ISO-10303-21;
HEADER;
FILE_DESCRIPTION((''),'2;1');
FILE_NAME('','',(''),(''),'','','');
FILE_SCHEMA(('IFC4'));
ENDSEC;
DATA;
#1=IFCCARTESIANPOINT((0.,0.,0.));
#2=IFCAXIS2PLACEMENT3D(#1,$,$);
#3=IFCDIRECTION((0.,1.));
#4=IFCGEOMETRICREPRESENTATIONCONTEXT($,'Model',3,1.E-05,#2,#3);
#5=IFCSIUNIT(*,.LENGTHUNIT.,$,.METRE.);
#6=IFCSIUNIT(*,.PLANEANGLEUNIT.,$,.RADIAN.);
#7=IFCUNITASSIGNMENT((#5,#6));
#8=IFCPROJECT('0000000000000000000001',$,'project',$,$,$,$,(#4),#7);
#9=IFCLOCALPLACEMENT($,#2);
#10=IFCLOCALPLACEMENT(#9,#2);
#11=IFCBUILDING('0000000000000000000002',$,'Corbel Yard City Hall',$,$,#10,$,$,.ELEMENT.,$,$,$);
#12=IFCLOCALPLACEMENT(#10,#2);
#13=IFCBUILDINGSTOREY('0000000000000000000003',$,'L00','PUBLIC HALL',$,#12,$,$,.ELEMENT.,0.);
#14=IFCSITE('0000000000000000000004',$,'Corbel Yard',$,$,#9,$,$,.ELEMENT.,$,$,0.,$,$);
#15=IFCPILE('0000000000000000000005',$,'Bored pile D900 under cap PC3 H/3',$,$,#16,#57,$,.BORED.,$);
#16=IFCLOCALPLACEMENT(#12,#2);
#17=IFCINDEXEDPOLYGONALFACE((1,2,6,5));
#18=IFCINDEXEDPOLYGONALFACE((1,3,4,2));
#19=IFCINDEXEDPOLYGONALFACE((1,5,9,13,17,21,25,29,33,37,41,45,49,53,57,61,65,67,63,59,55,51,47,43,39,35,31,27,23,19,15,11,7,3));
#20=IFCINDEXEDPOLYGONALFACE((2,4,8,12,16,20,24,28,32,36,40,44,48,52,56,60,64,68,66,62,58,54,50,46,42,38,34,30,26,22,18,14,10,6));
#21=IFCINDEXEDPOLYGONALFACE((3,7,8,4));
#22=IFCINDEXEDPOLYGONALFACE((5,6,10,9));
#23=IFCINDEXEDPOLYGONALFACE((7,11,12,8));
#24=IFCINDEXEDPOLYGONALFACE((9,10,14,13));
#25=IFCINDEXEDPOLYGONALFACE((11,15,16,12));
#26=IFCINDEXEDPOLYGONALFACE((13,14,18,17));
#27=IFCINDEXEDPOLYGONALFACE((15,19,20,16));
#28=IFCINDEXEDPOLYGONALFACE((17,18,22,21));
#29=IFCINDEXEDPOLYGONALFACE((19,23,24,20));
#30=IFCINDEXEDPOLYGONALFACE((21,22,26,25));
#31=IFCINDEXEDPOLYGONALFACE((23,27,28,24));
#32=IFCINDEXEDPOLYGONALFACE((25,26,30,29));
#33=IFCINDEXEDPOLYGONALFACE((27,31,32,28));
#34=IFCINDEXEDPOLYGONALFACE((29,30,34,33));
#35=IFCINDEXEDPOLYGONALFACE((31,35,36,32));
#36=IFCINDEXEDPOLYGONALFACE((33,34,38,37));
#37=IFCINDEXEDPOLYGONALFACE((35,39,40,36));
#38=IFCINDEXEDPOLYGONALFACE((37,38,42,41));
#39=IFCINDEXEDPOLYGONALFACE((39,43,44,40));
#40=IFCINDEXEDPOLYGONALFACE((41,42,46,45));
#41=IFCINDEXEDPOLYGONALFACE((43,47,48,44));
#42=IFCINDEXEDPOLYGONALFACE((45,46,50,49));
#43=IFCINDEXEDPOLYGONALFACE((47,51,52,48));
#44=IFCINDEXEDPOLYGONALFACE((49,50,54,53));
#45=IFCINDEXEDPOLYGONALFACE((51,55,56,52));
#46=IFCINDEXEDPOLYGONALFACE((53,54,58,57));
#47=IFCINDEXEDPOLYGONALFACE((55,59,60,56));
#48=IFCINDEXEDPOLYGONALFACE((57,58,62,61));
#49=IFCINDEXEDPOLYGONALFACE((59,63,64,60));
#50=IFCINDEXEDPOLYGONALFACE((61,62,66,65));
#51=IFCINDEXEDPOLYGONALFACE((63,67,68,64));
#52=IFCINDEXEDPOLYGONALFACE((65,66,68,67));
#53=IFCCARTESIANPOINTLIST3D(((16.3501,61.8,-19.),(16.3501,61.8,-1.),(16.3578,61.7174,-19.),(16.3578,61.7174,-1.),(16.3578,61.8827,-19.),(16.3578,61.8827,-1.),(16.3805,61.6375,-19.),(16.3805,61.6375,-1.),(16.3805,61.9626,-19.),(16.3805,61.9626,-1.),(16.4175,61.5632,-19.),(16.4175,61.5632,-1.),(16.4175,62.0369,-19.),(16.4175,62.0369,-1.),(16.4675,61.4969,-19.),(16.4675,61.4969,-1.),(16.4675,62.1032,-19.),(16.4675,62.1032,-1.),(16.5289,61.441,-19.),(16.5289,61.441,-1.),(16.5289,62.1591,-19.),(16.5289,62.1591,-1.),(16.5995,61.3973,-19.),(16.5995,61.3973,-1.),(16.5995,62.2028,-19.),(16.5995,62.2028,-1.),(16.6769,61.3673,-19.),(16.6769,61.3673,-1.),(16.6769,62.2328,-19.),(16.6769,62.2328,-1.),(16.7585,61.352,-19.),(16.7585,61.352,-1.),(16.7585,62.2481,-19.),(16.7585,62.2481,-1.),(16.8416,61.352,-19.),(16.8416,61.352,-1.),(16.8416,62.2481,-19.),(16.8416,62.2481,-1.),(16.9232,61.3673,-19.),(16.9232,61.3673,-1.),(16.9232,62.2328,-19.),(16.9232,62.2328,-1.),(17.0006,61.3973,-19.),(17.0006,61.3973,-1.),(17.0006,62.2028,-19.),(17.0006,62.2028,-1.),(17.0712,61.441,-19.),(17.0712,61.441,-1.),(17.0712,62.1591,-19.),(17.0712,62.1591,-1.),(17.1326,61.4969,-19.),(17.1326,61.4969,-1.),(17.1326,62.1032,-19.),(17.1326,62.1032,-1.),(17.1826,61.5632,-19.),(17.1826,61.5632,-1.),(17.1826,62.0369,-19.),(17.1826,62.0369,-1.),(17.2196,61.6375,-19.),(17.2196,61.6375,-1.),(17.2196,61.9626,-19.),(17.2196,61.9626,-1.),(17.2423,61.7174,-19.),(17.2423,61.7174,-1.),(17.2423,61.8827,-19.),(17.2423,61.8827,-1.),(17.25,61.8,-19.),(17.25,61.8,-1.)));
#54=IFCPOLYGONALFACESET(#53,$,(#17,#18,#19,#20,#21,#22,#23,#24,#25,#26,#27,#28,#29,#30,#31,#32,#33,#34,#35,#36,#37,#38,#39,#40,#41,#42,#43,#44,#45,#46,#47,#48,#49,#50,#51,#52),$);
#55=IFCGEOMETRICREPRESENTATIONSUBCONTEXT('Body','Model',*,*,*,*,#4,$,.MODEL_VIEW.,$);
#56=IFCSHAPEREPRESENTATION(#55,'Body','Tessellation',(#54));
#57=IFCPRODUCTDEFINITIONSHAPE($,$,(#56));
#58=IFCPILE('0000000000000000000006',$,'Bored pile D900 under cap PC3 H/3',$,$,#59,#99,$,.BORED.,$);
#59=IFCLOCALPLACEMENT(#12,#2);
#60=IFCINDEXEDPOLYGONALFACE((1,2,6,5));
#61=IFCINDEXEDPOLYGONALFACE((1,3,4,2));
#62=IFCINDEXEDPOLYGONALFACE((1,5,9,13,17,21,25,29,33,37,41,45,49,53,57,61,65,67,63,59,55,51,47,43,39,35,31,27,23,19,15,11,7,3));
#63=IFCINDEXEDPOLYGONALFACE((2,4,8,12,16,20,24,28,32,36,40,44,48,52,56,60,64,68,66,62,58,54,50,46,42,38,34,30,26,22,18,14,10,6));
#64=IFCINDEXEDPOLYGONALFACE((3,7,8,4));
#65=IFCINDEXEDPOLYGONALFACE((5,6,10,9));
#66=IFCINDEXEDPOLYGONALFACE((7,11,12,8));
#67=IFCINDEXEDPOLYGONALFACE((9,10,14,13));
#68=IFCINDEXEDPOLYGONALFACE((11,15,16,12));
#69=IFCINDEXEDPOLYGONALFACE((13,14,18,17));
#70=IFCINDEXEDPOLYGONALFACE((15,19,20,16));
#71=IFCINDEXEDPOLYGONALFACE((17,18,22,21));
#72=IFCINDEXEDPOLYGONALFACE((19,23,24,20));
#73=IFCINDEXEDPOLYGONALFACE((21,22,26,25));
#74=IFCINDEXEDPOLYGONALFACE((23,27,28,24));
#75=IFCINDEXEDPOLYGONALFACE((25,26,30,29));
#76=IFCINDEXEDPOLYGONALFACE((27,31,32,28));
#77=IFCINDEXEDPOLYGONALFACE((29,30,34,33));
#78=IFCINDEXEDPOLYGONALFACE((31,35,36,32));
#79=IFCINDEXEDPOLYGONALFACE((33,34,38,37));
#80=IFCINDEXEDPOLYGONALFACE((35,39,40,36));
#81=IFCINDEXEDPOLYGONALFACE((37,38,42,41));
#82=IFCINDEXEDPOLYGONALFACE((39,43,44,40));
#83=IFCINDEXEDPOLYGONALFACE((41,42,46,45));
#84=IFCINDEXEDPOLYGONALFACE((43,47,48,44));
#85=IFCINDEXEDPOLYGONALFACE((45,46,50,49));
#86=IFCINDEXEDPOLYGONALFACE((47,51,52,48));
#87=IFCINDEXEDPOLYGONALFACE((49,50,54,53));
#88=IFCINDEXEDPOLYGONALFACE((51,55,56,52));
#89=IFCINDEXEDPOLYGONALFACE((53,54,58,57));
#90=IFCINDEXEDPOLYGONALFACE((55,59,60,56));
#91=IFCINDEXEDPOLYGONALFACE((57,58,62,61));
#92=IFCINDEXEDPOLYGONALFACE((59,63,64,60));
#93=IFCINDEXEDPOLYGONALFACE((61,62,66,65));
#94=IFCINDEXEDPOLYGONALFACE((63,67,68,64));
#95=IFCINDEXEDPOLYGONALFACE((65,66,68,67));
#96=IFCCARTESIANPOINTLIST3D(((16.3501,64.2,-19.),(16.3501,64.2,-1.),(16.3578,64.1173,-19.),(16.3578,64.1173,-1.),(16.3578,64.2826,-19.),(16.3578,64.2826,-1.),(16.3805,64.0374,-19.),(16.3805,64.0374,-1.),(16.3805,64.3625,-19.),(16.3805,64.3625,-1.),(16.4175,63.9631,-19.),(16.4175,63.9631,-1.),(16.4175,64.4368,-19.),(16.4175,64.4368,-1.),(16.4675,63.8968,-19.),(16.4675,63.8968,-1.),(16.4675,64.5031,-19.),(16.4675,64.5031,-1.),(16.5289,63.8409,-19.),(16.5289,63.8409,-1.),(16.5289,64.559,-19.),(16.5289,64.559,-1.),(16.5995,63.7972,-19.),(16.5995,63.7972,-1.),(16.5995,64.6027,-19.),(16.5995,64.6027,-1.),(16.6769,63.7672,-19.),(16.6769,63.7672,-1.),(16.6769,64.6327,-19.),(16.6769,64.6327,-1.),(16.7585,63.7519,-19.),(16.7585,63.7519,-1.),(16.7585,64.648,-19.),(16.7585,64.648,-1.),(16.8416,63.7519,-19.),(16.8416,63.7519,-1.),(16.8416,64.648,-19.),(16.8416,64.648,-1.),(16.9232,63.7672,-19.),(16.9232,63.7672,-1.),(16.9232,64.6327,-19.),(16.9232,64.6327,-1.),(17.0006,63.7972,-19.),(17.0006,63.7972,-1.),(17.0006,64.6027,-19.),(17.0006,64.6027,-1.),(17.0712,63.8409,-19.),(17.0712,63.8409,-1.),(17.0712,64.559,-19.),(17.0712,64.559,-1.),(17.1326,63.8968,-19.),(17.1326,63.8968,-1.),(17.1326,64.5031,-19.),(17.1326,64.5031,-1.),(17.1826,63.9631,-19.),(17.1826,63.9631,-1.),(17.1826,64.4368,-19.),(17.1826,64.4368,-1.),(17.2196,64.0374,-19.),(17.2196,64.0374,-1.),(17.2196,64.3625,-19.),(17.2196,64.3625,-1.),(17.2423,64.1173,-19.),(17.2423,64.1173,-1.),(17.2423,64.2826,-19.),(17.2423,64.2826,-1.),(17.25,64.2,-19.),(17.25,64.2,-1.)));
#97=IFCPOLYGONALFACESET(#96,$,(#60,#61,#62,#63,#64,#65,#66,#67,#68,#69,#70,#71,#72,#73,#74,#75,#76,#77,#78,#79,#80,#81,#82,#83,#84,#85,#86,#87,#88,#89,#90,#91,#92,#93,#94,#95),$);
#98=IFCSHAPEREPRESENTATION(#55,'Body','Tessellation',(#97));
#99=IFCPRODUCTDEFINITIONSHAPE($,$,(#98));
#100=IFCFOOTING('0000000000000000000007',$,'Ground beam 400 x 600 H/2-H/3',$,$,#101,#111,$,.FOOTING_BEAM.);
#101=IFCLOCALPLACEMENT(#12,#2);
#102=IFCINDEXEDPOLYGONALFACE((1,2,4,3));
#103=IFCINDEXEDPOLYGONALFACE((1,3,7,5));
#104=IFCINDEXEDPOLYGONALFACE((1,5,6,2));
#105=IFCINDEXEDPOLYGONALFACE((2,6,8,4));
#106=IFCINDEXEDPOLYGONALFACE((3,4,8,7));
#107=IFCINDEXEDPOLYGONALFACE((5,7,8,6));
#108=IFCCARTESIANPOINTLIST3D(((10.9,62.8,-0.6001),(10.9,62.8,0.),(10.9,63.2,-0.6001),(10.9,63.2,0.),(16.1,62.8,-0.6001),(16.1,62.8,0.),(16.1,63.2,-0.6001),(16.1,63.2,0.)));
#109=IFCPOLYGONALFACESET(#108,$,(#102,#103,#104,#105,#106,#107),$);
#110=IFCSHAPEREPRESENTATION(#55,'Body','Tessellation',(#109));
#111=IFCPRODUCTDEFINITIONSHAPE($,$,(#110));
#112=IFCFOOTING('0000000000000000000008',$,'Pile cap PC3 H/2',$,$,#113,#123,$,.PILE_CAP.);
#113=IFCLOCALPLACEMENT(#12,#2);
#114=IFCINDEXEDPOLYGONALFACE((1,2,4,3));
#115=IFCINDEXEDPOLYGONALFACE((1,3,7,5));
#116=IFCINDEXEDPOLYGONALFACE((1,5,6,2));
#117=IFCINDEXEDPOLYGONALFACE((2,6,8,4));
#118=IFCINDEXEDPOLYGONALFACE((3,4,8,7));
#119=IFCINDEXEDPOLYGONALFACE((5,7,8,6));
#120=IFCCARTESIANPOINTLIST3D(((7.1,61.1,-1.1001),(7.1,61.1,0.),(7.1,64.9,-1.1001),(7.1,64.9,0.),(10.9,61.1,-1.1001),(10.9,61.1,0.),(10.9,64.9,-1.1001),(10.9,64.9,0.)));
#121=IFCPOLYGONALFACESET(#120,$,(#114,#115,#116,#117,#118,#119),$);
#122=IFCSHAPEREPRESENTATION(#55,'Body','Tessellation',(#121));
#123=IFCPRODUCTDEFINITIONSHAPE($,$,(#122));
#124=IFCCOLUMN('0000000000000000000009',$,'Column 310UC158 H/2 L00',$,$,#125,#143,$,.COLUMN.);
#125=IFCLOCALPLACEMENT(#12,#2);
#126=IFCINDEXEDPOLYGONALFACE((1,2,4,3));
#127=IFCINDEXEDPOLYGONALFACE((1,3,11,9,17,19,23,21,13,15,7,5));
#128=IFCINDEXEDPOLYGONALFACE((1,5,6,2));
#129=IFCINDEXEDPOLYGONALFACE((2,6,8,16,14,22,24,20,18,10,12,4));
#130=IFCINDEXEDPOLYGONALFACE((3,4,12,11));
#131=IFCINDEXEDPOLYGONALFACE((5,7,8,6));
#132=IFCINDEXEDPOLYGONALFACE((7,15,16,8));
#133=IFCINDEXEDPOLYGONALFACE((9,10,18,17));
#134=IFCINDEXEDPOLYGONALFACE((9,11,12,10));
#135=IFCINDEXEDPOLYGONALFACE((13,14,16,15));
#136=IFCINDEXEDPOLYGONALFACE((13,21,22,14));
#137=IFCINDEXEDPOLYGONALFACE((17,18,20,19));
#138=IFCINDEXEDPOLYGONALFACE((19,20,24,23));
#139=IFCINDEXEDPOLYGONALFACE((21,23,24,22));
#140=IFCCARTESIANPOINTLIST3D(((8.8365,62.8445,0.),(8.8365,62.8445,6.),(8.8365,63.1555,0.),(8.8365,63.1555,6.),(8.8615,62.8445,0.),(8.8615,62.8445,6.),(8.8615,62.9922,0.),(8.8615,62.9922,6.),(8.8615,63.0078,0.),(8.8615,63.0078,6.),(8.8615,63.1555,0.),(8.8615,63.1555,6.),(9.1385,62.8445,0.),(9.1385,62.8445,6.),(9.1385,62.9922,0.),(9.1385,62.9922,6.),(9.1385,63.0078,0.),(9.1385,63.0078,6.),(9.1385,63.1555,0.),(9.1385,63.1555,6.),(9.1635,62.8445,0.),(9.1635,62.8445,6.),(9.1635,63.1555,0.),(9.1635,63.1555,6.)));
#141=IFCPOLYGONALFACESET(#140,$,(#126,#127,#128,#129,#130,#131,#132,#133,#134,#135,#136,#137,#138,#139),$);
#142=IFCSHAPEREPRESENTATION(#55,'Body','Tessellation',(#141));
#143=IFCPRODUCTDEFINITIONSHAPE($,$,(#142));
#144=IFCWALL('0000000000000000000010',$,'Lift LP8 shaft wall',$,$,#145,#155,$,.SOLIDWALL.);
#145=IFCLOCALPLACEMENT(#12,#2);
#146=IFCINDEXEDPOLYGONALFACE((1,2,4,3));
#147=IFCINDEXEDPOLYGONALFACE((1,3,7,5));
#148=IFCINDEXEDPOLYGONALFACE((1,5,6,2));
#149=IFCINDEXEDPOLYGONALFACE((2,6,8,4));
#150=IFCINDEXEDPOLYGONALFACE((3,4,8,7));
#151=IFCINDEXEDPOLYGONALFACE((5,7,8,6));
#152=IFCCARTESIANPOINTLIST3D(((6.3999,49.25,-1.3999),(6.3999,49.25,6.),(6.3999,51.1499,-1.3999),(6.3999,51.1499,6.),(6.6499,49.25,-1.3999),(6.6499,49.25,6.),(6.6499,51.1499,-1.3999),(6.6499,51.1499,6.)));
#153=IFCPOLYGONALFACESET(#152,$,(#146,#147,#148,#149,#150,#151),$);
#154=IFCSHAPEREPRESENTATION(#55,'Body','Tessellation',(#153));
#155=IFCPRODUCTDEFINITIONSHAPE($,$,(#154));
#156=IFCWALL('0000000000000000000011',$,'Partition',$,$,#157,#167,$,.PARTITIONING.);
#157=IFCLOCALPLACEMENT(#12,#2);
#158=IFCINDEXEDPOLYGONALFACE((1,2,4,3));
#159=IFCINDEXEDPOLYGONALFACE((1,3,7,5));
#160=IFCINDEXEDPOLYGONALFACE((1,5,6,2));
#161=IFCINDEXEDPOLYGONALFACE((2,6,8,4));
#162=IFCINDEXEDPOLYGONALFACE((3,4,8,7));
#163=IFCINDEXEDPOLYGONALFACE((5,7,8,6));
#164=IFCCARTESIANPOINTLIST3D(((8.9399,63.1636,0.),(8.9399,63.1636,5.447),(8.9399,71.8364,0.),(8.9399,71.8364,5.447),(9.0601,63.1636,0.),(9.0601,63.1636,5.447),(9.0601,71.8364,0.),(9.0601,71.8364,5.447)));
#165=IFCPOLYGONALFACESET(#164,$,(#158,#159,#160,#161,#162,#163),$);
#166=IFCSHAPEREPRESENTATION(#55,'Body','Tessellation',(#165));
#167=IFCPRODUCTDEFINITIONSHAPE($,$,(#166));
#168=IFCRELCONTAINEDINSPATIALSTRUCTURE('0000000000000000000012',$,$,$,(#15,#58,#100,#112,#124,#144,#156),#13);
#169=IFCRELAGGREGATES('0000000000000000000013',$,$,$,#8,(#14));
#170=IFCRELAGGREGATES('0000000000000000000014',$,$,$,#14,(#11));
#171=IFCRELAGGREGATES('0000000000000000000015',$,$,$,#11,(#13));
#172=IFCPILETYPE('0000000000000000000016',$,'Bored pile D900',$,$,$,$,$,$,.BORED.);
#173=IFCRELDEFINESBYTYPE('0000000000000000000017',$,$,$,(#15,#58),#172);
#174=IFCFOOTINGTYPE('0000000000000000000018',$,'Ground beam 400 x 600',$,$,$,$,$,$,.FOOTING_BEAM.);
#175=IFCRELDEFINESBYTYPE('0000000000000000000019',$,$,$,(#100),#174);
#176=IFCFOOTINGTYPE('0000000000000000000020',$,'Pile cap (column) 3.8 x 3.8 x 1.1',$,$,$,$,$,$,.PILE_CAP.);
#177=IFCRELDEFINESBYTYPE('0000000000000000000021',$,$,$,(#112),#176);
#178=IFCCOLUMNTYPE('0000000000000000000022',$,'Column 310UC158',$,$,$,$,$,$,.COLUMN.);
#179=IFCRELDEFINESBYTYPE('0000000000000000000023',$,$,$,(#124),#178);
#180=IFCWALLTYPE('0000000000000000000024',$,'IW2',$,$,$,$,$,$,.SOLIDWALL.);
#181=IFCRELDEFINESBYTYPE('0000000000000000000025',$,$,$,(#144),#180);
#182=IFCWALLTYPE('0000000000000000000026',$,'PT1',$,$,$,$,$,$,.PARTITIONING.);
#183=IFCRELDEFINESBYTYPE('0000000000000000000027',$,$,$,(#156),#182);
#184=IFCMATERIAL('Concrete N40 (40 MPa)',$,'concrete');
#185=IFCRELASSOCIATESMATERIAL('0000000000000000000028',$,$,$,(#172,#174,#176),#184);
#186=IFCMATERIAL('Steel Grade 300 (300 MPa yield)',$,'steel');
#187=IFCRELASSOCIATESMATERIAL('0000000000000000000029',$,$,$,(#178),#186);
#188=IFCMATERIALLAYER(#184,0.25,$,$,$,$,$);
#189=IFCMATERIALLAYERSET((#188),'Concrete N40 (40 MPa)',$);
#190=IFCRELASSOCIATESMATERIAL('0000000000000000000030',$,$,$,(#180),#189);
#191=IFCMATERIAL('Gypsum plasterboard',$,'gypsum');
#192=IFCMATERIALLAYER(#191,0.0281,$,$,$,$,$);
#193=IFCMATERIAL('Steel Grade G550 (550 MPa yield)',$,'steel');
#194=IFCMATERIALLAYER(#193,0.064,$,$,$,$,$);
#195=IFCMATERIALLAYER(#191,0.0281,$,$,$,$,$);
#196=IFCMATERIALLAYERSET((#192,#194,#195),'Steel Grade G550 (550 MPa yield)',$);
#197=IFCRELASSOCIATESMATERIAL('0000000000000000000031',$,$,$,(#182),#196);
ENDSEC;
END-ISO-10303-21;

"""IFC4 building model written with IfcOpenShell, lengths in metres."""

from ifc_helpers import new_model, si_unit, direction, frame, frame_2d, origin, origin_2d, place, context, subcontext, project, spatial, rectangle, circle, i_section, extrude, material, layer, layer_set, material_profile, profile_set, type_object, element, save


model = new_model("IFC4")

# Units and contexts
model_context = context("Model", 3, precision=1e-05, world=origin(), true_north=direction((0.0, 1.0)))
body_context = subcontext(model_context, "Body", "Model", "MODEL_VIEW")
ifc_project = project(units=[si_unit("LENGTHUNIT", "METRE"), si_unit("PLANEANGLEUNIT", "RADIAN")], contexts=[model_context])

# Site, building, storey
site_placement = place(None, origin())
site = spatial("IfcSite", under=ifc_project, at=site_placement, Name="Corbel Yard", CompositionType="ELEMENT", RefElevation=0.0)
building_placement = place(site_placement, origin())
building = spatial("IfcBuilding", under=site, at=building_placement, Name="Corbel Yard City Hall", CompositionType="ELEMENT")
storey_placement = place(building_placement, origin())
storey = spatial("IfcBuildingStorey", under=building, at=storey_placement, Name="L00", Description="PUBLIC HALL", CompositionType="ELEMENT", Elevation=0.0)

# Piles
ifc_material_1 = material(Name="Concrete N40 (40 MPa)", Category="concrete")
ifc_material_profile_1 = material_profile(ifc_material_1, circle(Radius=0.45, at=origin_2d()), Name="D900")
ifc_profile_set_1 = profile_set([ifc_material_profile_1], Name="Concrete N40 (40 MPa)")
pile_type_1 = type_object("IfcPileType", Name="Bored pile D900", PredefinedType="BORED", material=ifc_profile_set_1)
for number, where, z_axis, x_axis, name in (
    (1, (16.8, 61.8, -1.0), (0.0, 0.0, -1.0), (1.0, 0.0, 0.0), "Bored pile D900 under cap PC3 H/3"),
    (2, (16.8, 64.2, -1.0), (0.0, 0.0, -1.0), (1.0, 0.0, 0.0), "Bored pile D900 under cap PC3 H/3"),
):
    element("IfcPile", number, at=place(storey_placement, frame(where, z_axis=z_axis, x_axis=x_axis)), inside=storey, type_object=pile_type_1, Name=name, PredefinedType="BORED", context=body_context, shape_type="SweptSolid", body=[
        extrude(circle(Radius=0.45, at=origin_2d()), origin(), (0.0, 0.0, 1.0), 18.0),
    ])

# Footings
footing_type_1 = type_object("IfcFootingType", Name="Ground beam 400 x 600", PredefinedType="FOOTING_BEAM", material=ifc_material_1)
footing_1_placement = place(storey_placement, frame((13.5, 63.0, -0.6001), z_axis=(0.0, 0.0, 1.0), x_axis=(1.0, 0.0, 0.0)))
element("IfcFooting", 3, at=footing_1_placement, inside=storey, type_object=footing_type_1, Name="Ground beam 400 x 600 H/2-H/3", PredefinedType="FOOTING_BEAM", context=body_context, shape_type="SweptSolid", body=[
    extrude(rectangle(XDim=5.2, YDim=0.3999, at=origin_2d()), origin(), (0.0, 0.0, 1.0), 0.6001),
])
footing_type_2 = type_object("IfcFootingType", Name="Pile cap (column) 3.8 x 3.8 x 1.1", PredefinedType="PILE_CAP", material=ifc_material_1)
footing_2_placement = place(storey_placement, frame((9.0, 63.0, -1.1001), z_axis=(0.0, 0.0, 1.0), x_axis=(1.0, 0.0, 0.0)))
element("IfcFooting", 4, at=footing_2_placement, inside=storey, type_object=footing_type_2, Name="Pile cap PC3 H/2", PredefinedType="PILE_CAP", context=body_context, shape_type="SweptSolid", body=[
    extrude(rectangle(XDim=3.8, YDim=3.8, at=origin_2d()), origin(), (0.0, 0.0, 1.0), 1.1001),
])

# Column
ifc_material_2 = material(Name="Steel Grade 300 (300 MPa yield)", Category="steel")
ifc_material_profile_2 = material_profile(ifc_material_2, i_section(OverallWidth=0.311, OverallDepth=0.3269, WebThickness=0.0156, FlangeThickness=0.0249, at=origin_2d()), Name="310UC158")
ifc_profile_set_2 = profile_set([ifc_material_profile_2], Name="Steel Grade 300 (300 MPa yield)")
column_type = type_object("IfcColumnType", Name="Column 310UC158", PredefinedType="COLUMN", material=ifc_profile_set_2)
column_placement = place(storey_placement, frame((9.0, 63.0, 0.0), z_axis=(0.0, 0.0, 1.0), x_axis=(0.0, 1.0, 0.0)))
element("IfcColumn", 5, at=column_placement, inside=storey, type_object=column_type, Name="Column 310UC158 H/2 L00", PredefinedType="COLUMN", context=body_context, shape_type="SweptSolid", body=[
    extrude(i_section(OverallWidth=0.311, OverallDepth=0.3269, WebThickness=0.0156, FlangeThickness=0.0249, at=origin_2d()), origin(), (0.0, 0.0, 1.0), 6.0),
])

# Walls
ifc_layer_1 = layer(ifc_material_1, 0.25)
ifc_layer_set_1 = layer_set([ifc_layer_1], Name="Concrete N40 (40 MPa)")
wall_type_1 = type_object("IfcWallType", Name="IW2", PredefinedType="SOLIDWALL", material=ifc_layer_set_1)
wall_1_placement = place(storey_placement, frame((6.5249, 49.25, -1.3999), z_axis=(0.0, 0.0, 1.0), x_axis=(0.0, 1.0, 0.0)))
element("IfcWall", 6, at=wall_1_placement, inside=storey, type_object=wall_type_1, Name="Lift LP8 shaft wall", PredefinedType="SOLIDWALL", context=body_context, shape_type="SweptSolid", body=[
    extrude(rectangle(XDim=1.8999, YDim=0.25, at=frame_2d((0.95, 0.0))), origin(), (0.0, 0.0, 1.0), 7.3999),
])
ifc_material_3 = material(Name="Gypsum plasterboard", Category="gypsum")
ifc_layer_2 = layer(ifc_material_3, 0.0281)
ifc_material_4 = material(Name="Steel Grade G550 (550 MPa yield)", Category="steel")
ifc_layer_3 = layer(ifc_material_4, 0.064)
ifc_layer_4 = layer(ifc_material_3, 0.0281)
ifc_layer_set_2 = layer_set([ifc_layer_2, ifc_layer_3, ifc_layer_4], Name="Steel Grade G550 (550 MPa yield)")
wall_type_2 = type_object("IfcWallType", Name="PT1", PredefinedType="PARTITIONING", material=ifc_layer_set_2)
wall_2_placement = place(storey_placement, frame((9.0, 63.1636, 0.0), z_axis=(0.0, 0.0, 1.0), x_axis=(0.0, 1.0, 0.0)))
element("IfcWall", 7, at=wall_2_placement, inside=storey, type_object=wall_type_2, Name="Partition", PredefinedType="PARTITIONING", context=body_context, shape_type="SweptSolid", body=[
    extrude(rectangle(XDim=8.6729, YDim=0.1201, at=frame_2d((4.3364, 0.0))), origin(), (0.0, 0.0, 1.0), 5.447),
])

save(model, "model.ifc")
